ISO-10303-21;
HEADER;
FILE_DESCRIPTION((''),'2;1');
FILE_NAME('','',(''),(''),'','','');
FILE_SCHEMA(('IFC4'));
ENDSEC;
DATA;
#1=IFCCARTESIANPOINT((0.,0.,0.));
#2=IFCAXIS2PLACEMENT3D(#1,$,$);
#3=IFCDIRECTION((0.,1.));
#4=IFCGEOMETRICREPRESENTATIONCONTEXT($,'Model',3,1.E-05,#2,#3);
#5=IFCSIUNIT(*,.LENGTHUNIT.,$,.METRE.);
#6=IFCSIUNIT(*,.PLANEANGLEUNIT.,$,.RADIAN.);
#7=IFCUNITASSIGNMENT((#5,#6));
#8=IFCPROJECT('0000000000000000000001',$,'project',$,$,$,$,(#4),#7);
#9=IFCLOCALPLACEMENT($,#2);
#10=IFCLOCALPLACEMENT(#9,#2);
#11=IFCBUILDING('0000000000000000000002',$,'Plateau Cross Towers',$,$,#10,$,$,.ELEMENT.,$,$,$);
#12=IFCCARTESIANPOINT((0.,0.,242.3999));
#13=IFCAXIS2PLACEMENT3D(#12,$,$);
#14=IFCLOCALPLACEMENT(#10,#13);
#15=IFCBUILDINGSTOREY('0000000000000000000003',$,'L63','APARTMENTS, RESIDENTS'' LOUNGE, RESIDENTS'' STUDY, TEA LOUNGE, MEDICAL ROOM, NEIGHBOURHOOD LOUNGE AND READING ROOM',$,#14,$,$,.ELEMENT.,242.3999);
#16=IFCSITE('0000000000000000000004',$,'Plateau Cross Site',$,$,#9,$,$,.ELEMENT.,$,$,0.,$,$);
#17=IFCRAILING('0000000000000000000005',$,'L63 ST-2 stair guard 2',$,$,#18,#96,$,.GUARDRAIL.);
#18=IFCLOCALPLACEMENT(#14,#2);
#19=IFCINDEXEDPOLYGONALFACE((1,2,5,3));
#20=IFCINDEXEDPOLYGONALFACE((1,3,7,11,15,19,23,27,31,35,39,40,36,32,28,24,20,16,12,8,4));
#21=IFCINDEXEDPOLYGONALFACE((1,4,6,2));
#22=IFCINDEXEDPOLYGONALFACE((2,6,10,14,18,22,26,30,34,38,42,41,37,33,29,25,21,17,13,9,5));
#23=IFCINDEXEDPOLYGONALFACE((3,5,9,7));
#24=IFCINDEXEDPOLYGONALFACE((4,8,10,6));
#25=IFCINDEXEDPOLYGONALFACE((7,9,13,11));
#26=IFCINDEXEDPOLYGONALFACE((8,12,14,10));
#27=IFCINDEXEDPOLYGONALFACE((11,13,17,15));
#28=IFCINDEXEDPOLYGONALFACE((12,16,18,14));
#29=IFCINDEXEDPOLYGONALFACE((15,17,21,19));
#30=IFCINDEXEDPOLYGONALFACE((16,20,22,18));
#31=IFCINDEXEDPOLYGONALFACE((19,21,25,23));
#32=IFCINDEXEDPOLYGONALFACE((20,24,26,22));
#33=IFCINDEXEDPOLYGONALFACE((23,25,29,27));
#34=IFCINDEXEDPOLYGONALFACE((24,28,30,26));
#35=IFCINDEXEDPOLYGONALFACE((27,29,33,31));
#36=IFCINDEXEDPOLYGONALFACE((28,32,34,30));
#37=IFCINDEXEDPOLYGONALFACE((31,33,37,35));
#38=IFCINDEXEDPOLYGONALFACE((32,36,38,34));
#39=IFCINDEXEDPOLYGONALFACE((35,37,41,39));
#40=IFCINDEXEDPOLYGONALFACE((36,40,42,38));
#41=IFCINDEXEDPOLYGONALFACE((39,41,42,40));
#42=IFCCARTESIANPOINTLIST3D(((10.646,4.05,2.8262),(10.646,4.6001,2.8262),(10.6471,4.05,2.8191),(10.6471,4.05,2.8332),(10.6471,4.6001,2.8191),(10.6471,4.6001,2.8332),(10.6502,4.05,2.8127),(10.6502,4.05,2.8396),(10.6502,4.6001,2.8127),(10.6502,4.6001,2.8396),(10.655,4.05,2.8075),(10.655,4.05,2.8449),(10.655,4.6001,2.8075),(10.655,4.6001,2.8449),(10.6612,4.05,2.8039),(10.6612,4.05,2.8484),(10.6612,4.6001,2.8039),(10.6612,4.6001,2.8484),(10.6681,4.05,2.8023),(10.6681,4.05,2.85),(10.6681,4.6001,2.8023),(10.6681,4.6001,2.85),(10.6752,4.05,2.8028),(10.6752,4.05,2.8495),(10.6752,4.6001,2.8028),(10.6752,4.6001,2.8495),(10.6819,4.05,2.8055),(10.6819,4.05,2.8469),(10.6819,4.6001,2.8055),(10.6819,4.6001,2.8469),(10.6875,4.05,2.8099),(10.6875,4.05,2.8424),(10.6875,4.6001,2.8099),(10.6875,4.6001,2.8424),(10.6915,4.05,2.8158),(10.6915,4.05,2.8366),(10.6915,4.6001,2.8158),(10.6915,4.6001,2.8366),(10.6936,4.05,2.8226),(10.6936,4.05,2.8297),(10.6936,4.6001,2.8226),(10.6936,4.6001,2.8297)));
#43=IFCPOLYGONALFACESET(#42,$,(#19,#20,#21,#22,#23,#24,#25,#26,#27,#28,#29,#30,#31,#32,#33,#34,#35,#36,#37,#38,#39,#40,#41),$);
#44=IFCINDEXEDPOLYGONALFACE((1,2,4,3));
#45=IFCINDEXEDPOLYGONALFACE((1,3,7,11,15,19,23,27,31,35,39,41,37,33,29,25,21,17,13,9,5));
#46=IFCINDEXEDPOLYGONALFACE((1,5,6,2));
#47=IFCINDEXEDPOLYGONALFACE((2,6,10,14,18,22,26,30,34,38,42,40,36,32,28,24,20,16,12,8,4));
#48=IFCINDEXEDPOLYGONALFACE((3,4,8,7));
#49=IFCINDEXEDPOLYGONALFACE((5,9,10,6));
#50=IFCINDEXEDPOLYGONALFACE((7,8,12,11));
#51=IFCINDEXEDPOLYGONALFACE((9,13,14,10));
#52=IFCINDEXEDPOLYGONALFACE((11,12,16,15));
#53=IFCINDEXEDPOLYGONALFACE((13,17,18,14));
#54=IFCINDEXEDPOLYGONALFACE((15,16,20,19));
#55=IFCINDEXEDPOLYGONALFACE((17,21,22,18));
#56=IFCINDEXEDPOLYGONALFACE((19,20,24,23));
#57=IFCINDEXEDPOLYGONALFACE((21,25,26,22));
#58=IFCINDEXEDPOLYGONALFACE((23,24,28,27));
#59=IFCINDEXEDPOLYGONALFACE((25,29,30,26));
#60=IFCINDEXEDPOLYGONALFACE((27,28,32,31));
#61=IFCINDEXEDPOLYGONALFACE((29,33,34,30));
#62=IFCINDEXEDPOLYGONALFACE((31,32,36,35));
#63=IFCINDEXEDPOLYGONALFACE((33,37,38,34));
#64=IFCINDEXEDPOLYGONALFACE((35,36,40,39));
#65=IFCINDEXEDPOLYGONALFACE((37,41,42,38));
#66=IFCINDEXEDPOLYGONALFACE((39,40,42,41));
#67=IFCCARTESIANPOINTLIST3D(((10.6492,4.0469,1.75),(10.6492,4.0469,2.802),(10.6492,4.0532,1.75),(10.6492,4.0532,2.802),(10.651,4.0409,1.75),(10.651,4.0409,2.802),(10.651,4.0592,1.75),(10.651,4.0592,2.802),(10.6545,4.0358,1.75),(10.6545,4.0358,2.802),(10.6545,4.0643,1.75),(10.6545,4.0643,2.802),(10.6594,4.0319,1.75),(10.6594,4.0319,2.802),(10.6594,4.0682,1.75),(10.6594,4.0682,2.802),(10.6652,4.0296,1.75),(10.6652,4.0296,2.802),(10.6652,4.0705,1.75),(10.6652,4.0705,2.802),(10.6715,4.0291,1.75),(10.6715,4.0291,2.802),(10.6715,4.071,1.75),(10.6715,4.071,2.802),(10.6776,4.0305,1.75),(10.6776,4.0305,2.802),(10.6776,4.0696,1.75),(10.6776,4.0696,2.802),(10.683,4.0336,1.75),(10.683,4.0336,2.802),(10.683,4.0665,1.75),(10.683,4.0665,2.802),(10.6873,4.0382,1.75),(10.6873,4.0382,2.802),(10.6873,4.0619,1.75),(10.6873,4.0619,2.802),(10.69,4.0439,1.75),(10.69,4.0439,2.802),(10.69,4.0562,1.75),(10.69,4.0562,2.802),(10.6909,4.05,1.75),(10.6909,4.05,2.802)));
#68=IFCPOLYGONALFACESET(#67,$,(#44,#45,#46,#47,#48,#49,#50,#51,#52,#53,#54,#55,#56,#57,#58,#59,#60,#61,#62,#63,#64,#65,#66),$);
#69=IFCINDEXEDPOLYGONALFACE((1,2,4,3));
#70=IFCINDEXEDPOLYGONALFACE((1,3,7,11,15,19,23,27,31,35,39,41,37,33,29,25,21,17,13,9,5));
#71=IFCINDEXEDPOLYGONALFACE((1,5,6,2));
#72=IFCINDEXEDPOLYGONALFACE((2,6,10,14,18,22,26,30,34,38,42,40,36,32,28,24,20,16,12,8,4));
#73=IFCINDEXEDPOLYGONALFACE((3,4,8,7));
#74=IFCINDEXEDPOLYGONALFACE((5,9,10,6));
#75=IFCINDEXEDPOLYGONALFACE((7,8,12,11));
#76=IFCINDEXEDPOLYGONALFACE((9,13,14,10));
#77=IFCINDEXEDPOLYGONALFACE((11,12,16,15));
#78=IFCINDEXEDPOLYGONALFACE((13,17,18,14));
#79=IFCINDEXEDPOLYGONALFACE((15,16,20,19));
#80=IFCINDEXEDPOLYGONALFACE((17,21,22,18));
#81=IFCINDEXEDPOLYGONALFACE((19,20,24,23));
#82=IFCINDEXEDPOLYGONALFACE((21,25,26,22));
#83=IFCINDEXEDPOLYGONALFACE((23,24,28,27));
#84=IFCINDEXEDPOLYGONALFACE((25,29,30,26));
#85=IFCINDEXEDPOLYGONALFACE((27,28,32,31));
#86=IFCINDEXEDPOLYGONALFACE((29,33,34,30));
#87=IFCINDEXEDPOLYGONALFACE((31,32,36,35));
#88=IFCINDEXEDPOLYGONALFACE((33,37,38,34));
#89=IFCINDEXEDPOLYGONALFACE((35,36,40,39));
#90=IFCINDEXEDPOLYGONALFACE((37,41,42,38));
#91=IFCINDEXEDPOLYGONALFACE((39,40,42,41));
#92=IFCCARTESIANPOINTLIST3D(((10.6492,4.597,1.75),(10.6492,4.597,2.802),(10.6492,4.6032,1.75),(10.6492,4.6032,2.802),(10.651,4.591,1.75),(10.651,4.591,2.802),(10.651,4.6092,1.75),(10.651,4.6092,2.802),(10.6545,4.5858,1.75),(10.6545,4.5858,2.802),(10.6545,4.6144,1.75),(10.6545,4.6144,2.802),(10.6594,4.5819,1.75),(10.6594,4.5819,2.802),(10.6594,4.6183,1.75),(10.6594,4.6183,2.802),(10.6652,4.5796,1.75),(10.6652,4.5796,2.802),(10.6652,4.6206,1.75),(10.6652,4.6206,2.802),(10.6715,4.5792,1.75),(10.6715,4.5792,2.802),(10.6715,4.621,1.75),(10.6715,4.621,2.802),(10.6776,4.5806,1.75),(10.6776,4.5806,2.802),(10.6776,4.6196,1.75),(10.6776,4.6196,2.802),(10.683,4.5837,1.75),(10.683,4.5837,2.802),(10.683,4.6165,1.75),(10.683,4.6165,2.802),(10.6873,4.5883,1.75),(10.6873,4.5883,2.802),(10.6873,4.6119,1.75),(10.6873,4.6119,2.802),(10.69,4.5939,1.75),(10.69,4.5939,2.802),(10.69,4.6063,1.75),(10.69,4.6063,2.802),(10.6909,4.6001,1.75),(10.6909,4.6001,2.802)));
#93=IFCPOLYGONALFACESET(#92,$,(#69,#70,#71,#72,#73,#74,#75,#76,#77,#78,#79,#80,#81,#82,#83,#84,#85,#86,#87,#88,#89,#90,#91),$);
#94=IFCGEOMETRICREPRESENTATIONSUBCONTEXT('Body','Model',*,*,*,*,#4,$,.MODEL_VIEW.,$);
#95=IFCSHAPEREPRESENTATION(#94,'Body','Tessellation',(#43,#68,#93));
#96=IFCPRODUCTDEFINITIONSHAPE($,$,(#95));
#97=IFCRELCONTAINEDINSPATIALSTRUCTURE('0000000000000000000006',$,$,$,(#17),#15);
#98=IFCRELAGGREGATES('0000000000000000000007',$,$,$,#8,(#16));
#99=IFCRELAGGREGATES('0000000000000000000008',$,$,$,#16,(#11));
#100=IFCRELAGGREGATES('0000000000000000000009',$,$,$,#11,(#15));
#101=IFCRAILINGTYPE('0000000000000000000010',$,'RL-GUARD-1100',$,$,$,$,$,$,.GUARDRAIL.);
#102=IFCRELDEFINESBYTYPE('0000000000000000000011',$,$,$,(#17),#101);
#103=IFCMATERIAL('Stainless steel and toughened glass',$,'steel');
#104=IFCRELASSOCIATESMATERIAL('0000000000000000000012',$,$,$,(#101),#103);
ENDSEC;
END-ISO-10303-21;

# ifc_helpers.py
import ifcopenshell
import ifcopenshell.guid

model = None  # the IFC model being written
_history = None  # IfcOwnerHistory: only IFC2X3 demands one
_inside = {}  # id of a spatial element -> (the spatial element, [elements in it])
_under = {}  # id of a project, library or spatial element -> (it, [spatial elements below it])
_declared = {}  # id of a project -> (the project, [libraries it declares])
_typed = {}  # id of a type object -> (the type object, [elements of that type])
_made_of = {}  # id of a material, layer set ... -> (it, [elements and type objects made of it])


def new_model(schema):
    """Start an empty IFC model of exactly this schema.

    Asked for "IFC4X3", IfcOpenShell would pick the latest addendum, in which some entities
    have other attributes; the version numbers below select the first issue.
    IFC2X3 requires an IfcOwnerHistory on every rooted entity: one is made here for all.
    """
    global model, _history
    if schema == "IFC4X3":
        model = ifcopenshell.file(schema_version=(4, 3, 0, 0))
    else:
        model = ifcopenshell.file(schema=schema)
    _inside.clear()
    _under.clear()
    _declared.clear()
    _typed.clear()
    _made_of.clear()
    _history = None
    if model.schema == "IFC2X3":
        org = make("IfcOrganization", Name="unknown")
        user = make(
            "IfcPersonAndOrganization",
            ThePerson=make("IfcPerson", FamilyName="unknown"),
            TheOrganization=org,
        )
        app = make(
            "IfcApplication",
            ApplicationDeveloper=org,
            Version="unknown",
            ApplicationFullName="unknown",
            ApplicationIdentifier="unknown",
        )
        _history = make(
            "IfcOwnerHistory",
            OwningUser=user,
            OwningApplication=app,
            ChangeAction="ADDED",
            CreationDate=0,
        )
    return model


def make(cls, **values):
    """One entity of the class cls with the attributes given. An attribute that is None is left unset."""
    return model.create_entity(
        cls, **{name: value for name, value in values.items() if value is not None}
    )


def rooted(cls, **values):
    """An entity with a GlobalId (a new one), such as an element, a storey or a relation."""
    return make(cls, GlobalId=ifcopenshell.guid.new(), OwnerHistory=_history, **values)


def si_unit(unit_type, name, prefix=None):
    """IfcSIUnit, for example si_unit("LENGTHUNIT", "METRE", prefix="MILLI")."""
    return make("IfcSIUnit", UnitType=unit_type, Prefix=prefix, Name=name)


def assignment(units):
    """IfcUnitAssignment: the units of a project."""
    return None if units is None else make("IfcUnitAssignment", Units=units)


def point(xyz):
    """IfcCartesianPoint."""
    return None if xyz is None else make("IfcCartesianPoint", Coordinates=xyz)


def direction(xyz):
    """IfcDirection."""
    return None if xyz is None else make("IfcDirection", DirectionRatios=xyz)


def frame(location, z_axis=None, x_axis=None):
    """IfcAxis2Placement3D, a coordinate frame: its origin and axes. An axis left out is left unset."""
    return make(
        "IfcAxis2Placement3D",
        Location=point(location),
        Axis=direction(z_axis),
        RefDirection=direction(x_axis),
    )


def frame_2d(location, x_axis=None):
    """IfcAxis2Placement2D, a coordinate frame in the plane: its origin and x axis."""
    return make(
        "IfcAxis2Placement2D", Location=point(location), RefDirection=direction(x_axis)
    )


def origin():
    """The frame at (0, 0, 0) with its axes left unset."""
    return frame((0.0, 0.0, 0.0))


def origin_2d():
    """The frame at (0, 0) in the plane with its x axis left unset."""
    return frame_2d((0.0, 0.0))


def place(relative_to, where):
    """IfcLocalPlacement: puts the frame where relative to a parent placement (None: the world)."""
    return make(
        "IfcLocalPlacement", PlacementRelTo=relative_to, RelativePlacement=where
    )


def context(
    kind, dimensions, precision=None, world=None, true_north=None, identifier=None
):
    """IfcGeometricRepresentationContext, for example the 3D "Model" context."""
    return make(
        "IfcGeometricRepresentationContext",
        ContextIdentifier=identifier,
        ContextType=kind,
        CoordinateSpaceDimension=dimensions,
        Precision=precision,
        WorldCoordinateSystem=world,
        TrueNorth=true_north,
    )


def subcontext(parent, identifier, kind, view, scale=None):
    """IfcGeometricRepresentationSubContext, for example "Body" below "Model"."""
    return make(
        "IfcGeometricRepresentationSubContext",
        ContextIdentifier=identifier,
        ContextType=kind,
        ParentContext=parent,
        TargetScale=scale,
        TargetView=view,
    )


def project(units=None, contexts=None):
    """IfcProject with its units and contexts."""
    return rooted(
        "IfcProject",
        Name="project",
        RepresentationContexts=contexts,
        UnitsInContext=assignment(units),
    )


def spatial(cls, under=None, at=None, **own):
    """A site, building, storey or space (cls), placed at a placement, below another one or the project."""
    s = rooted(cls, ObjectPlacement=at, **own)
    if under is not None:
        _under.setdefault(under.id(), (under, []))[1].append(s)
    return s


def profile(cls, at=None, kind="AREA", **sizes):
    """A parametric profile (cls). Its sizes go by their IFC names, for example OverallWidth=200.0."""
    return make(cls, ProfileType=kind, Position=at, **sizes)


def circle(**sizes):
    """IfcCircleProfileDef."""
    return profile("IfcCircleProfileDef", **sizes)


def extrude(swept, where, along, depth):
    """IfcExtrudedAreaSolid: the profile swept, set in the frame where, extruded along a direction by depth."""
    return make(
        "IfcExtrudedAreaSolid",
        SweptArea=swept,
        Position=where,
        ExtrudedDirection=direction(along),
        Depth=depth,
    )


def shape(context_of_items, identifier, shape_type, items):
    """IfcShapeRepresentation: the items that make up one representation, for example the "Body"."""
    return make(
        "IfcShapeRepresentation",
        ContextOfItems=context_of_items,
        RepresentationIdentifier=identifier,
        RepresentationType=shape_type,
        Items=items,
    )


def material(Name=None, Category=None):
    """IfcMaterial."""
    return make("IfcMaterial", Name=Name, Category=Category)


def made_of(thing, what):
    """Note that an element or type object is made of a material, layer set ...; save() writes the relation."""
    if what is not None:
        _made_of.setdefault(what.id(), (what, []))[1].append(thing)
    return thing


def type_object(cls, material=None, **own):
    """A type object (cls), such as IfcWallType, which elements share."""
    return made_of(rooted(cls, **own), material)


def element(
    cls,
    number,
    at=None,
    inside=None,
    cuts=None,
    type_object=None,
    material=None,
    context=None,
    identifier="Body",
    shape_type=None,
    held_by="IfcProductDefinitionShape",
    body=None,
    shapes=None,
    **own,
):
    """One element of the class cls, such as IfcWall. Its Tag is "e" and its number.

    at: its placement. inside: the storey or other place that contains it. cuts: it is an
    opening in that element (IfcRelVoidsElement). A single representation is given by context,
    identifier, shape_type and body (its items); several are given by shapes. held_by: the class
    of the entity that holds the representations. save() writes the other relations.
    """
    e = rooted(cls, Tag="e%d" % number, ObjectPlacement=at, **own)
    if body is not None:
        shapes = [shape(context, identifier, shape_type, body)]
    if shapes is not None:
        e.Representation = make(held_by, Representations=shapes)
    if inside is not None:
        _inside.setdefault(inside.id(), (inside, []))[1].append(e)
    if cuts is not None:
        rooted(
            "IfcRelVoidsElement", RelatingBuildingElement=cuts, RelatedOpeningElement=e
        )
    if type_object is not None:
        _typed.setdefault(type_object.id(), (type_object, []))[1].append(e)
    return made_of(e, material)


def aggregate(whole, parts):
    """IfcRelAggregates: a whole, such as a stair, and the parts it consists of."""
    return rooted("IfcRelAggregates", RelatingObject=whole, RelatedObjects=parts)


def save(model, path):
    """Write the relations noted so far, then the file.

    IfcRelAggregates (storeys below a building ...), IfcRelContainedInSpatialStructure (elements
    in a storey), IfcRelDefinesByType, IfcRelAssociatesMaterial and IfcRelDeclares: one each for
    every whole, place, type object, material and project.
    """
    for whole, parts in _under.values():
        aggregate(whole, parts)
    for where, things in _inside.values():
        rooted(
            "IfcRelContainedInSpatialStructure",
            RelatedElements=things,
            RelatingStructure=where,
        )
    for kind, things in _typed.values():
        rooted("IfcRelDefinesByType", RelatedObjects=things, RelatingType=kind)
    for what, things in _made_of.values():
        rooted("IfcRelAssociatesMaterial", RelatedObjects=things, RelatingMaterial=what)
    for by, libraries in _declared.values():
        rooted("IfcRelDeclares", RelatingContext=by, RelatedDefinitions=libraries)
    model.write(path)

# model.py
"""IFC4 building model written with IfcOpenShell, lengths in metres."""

from ifc_helpers import new_model, si_unit, direction, frame, origin, origin_2d, place, context, subcontext, project, spatial, circle, extrude, material, type_object, element, save


model = new_model("IFC4")

# Units and contexts
model_context = context("Model", 3, precision=1e-05, world=origin(), true_north=direction((0.0, 1.0)))
body_context = subcontext(model_context, "Body", "Model", "MODEL_VIEW")
ifc_project = project(units=[si_unit("LENGTHUNIT", "METRE"), si_unit("PLANEANGLEUNIT", "RADIAN")], contexts=[model_context])

# Site, building, storey
site_placement = place(None, origin())
site = spatial("IfcSite", under=ifc_project, at=site_placement, Name="Plateau Cross Site", CompositionType="ELEMENT", RefElevation=0.0)
building_placement = place(site_placement, origin())
building = spatial("IfcBuilding", under=site, at=building_placement, Name="Plateau Cross Towers", CompositionType="ELEMENT")
storey_placement = place(building_placement, frame((0.0, 0.0, 242.3999)))
storey = spatial("IfcBuildingStorey", under=building, at=storey_placement, Name="L63", Description="APARTMENTS, RESIDENTS' LOUNGE, RESIDENTS' STUDY, TEA LOUNGE, MEDICAL ROOM, NEIGHBOURHOOD LOUNGE AND READING ROOM", CompositionType="ELEMENT", Elevation=242.3999)

# Railing
ifc_material_1 = material(Name="Stainless steel and toughened glass", Category="steel")
railing_type_1 = type_object("IfcRailingType", Name="RL-GUARD-1100", PredefinedType="GUARDRAIL", material=ifc_material_1)
railing_1_placement = place(storey_placement, frame((10.6699, 4.05, 1.75)))
element("IfcRailing", 1, at=railing_1_placement, inside=storey, type_object=railing_type_1, Name="L63 ST-2 stair guard 2", PredefinedType="GUARDRAIL", context=body_context, shape_type="SweptSolid", body=[
    extrude(circle(Radius=0.0239, at=origin_2d()), frame((0.0, 0.0, 1.0762), z_axis=(0.0, 1.0, 0.0), x_axis=(-1.0, 0.0, 0.0)), (0.0, 0.0, 1.0), 0.55),
    extrude(circle(Radius=0.021, at=origin_2d()), origin(), (0.0, 0.0, 1.0), 1.052),
    extrude(circle(Radius=0.021, at=origin_2d()), frame((0.0, 0.55, 0.0)), (0.0, 0.0, 1.0), 1.052),
])

save(model, "model.ifc")
